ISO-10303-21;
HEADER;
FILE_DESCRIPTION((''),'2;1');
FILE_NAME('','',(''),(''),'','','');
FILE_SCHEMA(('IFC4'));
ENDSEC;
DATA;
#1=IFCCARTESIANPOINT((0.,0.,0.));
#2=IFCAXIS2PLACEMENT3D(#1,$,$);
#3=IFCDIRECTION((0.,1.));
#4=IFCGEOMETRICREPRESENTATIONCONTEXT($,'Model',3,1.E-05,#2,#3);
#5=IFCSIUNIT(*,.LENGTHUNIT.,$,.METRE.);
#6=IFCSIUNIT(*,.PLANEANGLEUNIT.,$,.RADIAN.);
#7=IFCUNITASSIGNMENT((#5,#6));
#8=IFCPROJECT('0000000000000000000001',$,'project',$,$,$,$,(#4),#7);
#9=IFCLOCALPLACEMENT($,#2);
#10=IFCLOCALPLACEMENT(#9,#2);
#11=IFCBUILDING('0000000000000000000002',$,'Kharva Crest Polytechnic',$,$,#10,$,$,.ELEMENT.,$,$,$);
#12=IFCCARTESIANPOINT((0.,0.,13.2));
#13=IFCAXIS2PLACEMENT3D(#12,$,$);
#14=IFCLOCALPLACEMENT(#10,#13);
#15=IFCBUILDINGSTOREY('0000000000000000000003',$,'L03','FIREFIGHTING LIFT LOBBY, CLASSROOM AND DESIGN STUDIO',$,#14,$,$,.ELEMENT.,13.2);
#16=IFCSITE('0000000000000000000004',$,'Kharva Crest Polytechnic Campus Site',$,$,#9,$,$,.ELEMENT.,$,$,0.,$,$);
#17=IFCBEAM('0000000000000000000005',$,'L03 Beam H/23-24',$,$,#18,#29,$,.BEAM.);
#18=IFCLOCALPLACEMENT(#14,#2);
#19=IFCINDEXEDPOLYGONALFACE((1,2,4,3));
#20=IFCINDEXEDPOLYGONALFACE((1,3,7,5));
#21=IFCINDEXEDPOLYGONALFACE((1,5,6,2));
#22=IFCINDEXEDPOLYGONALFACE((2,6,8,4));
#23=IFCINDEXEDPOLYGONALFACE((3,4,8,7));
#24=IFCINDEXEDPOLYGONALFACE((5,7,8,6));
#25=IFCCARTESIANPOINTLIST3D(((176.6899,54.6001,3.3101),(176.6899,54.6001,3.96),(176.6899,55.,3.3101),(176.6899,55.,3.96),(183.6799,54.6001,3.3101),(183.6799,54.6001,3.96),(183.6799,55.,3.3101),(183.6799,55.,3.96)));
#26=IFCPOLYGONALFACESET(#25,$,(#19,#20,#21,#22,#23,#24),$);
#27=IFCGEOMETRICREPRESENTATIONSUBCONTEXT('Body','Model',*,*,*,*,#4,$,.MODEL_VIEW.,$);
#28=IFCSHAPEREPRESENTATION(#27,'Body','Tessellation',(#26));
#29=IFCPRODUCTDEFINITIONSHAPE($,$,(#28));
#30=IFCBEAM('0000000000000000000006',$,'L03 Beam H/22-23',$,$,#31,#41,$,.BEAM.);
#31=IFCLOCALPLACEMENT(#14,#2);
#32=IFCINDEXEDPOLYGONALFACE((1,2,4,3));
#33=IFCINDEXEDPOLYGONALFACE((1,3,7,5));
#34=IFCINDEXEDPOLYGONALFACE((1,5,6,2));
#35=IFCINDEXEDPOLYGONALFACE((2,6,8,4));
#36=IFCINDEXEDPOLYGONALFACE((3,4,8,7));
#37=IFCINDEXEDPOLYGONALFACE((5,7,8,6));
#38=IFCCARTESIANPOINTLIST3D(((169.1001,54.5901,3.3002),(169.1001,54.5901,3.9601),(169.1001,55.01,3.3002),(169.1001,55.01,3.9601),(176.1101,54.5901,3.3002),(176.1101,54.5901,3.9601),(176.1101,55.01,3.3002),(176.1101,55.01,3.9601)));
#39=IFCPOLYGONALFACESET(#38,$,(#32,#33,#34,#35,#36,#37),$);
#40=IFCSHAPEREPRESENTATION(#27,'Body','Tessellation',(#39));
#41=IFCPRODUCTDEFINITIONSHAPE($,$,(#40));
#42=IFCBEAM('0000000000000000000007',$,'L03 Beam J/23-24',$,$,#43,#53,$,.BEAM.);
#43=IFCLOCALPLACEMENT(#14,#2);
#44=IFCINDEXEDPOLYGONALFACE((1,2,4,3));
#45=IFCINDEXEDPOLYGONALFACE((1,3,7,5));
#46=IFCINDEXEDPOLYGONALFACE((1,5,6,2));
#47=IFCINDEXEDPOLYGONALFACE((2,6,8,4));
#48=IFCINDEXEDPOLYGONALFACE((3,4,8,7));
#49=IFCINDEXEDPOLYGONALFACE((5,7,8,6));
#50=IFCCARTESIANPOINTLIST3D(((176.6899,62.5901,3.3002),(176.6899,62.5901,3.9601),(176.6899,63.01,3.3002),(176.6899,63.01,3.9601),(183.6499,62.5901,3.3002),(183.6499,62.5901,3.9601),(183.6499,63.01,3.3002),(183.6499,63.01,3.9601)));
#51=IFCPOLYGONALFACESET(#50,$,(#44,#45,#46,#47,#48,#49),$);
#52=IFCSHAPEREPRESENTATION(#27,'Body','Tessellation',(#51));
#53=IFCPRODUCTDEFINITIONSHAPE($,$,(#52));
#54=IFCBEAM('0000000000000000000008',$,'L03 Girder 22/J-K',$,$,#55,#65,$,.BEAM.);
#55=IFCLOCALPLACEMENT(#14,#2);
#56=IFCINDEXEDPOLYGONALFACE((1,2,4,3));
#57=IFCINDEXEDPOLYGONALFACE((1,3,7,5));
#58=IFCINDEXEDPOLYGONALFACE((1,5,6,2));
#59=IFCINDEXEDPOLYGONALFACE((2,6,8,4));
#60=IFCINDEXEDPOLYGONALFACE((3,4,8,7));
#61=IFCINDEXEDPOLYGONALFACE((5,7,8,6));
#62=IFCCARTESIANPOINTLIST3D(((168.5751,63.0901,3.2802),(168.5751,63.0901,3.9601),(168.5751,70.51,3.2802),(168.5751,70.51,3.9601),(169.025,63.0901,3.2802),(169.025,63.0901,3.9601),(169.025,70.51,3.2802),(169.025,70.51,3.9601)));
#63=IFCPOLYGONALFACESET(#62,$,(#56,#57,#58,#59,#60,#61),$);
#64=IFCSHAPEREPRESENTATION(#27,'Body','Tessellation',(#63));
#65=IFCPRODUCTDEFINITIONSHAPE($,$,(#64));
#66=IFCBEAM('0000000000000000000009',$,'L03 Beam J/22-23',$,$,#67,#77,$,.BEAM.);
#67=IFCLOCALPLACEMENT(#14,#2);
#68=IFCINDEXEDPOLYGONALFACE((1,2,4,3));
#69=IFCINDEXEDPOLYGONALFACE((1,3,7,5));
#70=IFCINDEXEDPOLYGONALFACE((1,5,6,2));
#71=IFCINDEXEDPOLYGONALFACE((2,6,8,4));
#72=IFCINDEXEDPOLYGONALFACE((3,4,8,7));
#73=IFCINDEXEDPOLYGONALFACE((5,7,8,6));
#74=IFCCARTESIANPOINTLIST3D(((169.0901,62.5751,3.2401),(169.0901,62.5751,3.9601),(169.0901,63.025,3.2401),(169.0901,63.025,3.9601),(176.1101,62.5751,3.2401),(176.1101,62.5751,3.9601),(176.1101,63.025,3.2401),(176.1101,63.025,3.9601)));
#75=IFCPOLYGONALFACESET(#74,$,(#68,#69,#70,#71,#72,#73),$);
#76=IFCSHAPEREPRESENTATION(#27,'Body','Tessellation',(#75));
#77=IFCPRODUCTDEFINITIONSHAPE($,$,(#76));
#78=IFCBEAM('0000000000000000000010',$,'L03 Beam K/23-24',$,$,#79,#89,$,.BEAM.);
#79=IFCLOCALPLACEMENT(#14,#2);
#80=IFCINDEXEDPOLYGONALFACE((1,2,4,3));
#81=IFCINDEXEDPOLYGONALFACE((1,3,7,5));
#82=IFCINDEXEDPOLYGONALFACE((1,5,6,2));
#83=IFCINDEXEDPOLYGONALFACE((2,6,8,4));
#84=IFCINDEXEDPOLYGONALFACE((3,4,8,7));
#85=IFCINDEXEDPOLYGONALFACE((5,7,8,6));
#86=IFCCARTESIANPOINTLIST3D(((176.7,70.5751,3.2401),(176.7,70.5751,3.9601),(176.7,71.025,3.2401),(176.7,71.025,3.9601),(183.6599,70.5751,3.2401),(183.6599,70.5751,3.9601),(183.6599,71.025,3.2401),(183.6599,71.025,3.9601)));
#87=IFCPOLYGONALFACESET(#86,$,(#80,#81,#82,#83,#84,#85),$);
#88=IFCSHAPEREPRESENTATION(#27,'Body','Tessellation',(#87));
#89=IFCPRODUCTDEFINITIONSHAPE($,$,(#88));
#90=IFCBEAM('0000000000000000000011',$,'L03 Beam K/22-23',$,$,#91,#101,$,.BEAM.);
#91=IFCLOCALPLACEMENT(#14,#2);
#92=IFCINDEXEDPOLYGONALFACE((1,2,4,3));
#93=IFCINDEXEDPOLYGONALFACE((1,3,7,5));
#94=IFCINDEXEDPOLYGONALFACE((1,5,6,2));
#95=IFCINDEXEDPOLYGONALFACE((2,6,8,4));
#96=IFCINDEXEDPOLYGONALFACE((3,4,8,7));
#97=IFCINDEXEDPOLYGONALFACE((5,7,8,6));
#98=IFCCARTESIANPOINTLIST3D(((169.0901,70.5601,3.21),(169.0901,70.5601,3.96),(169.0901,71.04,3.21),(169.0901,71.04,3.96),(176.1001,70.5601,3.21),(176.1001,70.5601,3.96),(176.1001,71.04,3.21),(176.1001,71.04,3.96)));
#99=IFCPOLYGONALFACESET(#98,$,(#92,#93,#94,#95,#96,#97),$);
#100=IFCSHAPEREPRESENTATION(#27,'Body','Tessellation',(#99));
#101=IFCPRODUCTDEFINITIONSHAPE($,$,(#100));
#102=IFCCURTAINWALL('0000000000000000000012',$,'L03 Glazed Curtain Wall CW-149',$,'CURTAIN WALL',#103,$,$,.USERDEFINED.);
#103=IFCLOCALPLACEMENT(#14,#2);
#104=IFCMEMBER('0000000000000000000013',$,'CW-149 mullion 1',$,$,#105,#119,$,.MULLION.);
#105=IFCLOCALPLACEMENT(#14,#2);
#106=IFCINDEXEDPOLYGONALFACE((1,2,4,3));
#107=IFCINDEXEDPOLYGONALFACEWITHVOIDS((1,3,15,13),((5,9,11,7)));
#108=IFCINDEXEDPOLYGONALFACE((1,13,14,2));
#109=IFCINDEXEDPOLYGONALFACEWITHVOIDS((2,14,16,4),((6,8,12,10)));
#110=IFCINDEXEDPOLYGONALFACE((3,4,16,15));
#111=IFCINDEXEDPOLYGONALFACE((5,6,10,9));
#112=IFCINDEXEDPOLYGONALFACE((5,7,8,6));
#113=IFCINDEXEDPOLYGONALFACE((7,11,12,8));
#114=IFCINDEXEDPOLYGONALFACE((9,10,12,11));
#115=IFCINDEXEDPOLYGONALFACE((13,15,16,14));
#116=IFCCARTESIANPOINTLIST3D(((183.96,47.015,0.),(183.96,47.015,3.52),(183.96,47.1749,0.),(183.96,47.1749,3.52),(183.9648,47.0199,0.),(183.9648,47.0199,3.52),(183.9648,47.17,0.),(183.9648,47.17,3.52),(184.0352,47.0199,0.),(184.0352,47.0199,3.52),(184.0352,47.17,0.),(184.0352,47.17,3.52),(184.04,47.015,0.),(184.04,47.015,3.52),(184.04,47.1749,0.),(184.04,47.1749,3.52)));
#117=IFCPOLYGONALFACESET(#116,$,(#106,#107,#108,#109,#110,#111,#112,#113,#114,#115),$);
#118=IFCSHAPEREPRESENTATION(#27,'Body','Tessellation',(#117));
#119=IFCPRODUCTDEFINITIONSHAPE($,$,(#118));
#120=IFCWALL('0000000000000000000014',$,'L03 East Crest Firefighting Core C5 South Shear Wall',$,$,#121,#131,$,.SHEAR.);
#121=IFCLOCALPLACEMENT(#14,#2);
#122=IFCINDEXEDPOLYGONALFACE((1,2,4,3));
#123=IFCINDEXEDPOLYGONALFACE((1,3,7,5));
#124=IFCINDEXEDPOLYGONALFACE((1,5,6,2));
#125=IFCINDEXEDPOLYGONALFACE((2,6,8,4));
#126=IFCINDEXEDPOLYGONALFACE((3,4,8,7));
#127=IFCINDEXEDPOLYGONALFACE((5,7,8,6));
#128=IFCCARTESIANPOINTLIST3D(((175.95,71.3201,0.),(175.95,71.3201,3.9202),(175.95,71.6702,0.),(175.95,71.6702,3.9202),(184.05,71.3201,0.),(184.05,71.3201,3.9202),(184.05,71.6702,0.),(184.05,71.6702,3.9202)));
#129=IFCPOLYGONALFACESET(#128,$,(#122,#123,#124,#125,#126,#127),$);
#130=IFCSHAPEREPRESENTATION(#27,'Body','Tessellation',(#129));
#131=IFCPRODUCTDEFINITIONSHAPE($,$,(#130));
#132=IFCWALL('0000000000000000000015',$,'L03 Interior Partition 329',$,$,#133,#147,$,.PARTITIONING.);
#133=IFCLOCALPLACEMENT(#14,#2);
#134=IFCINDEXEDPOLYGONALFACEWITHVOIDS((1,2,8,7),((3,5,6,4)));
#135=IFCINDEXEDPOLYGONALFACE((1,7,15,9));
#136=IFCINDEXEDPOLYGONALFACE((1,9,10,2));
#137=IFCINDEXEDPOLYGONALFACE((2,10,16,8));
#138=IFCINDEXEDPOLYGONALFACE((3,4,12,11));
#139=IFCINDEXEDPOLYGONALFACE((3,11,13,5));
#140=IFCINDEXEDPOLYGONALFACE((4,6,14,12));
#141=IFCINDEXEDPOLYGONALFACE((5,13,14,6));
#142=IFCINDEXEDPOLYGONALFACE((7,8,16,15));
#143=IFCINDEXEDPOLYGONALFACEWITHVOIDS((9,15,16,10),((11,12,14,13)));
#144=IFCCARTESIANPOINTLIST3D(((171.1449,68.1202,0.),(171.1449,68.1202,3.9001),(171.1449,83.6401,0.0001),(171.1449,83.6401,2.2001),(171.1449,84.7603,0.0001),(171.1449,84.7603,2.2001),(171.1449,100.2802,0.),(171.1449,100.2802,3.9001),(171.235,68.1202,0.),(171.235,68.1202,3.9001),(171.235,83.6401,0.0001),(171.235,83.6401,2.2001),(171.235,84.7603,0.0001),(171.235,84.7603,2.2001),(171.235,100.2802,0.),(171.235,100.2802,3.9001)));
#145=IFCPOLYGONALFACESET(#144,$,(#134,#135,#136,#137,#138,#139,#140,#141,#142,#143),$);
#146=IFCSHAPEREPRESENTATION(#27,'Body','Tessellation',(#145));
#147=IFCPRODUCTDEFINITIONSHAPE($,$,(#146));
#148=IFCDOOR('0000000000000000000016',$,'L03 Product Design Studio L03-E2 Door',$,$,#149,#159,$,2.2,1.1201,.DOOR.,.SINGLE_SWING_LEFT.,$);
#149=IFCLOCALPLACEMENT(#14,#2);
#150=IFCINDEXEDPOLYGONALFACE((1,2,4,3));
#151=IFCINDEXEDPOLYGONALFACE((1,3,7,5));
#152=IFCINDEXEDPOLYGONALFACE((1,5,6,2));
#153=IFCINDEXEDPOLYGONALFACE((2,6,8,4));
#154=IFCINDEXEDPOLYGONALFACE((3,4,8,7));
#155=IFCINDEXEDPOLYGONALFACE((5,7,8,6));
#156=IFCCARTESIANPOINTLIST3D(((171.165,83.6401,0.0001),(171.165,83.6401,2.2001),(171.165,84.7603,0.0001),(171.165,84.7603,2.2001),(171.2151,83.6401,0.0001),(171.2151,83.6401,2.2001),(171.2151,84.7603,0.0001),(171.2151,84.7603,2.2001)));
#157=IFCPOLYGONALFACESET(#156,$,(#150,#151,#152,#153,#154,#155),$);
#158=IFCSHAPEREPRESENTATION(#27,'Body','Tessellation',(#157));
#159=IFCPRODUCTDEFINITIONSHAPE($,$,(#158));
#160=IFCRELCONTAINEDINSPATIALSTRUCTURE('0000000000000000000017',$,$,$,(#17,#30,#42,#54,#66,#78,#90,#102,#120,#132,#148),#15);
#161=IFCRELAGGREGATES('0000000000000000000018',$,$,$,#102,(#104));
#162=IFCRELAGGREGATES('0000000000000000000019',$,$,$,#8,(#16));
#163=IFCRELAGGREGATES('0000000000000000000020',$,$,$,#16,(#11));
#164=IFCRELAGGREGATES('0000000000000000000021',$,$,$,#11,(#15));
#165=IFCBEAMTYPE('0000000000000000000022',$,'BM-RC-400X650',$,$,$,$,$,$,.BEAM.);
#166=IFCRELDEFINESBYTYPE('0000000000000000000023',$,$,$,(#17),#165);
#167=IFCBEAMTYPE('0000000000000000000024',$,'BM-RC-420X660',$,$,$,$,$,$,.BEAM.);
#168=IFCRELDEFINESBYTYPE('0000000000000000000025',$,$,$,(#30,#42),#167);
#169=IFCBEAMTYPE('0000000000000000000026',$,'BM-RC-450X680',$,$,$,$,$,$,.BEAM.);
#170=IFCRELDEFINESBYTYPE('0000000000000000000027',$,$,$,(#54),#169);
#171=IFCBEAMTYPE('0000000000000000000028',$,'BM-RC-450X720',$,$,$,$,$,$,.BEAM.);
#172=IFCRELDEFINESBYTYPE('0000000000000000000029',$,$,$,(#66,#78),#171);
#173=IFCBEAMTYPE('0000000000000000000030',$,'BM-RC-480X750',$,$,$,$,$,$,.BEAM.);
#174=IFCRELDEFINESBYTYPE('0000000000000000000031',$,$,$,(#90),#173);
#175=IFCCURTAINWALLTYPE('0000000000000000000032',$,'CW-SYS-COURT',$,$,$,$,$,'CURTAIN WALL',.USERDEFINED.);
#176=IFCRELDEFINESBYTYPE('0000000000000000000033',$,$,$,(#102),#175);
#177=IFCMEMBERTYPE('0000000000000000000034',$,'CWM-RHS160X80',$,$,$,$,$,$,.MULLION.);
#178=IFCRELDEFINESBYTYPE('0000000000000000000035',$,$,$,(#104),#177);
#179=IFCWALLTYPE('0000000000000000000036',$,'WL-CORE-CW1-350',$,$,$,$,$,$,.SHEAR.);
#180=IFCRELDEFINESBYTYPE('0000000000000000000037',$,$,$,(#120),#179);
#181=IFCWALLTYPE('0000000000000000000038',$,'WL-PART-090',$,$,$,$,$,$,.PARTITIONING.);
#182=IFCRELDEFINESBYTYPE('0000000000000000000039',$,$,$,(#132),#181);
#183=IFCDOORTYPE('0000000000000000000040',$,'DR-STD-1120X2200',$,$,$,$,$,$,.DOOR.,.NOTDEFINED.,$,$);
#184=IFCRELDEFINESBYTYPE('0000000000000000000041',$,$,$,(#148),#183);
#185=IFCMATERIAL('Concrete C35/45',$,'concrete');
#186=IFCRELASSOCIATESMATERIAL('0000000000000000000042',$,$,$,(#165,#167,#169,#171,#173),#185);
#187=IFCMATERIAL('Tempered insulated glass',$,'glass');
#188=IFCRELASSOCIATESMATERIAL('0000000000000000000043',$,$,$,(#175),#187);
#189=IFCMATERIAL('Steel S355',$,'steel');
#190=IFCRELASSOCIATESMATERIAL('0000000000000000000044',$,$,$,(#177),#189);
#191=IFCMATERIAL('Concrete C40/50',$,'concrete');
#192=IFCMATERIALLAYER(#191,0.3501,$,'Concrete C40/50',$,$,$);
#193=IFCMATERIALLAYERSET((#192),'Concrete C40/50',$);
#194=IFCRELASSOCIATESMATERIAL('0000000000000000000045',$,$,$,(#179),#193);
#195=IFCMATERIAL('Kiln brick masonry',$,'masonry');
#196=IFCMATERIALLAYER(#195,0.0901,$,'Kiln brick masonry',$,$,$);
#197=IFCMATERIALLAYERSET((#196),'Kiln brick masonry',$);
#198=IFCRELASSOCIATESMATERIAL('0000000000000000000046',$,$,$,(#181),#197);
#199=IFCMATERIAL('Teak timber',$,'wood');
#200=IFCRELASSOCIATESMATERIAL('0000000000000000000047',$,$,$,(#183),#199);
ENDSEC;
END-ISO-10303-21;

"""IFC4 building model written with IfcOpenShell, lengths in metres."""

from ifc_helpers import new_model, si_unit, direction, frame, frame_2d, origin, origin_2d, place, context, subcontext, project, spatial, rectangle, hollow_rectangle, extrude, material, layer, layer_set, material_profile, profile_set, type_object, element, fill, aggregate, save


model = new_model("IFC4")

# Units and contexts
model_context = context("Model", 3, precision=1e-05, world=origin(), true_north=direction((0.0, 1.0)))
body_context = subcontext(model_context, "Body", "Model", "MODEL_VIEW")
ifc_project = project(units=[si_unit("LENGTHUNIT", "METRE"), si_unit("PLANEANGLEUNIT", "RADIAN")], contexts=[model_context])

# Site, building, storey
site_placement = place(None, origin())
site = spatial("IfcSite", under=ifc_project, at=site_placement, Name="Kharva Crest Polytechnic Campus Site", CompositionType="ELEMENT", RefElevation=0.0)
building_placement = place(site_placement, origin())
building = spatial("IfcBuilding", under=site, at=building_placement, Name="Kharva Crest Polytechnic", CompositionType="ELEMENT")
storey_placement = place(building_placement, frame((0.0, 0.0, 13.2)))
storey = spatial("IfcBuildingStorey", under=building, at=storey_placement, Name="L03", Description="FIREFIGHTING LIFT LOBBY, CLASSROOM AND DESIGN STUDIO", CompositionType="ELEMENT", Elevation=13.2)

# Shared definitions
ifc_material_1 = material(Name="Concrete C40/50", Category="concrete")

# Beams
ifc_material_2 = material(Name="Concrete C35/45", Category="concrete")
ifc_material_profile_1 = material_profile(ifc_material_2, rectangle(XDim=0.3999, YDim=0.6499, at=origin_2d()), Name="RECT 400 X 650")
ifc_profile_set_1 = profile_set([ifc_material_profile_1], Name="Concrete C35/45")
beam_type_1 = type_object("IfcBeamType", Name="BM-RC-400X650", PredefinedType="BEAM", material=ifc_profile_set_1)
beam_1_placement = place(storey_placement, frame((176.6899, 54.8, 3.635), z_axis=(1.0, 0.0, 0.0), x_axis=(0.0, 1.0, 0.0)))
element("IfcBeam", 1, at=beam_1_placement, inside=storey, type_object=beam_type_1, Name="L03 Beam H/23-24", PredefinedType="BEAM", context=body_context, shape_type="SweptSolid", body=[
    extrude(rectangle(XDim=0.3999, YDim=0.6499, at=origin_2d()), origin(), (0.0, 0.0, 1.0), 6.99),
])
ifc_material_profile_2 = material_profile(ifc_material_2, rectangle(XDim=0.4199, YDim=0.6599, at=origin_2d()), Name="RECT 420 X 660")
ifc_profile_set_2 = profile_set([ifc_material_profile_2], Name="Concrete C35/45")
beam_type_2 = type_object("IfcBeamType", Name="BM-RC-420X660", PredefinedType="BEAM", material=ifc_profile_set_2)
beam_2_placement = place(storey_placement, frame((169.1001, 54.8, 3.6301), z_axis=(1.0, 0.0, 0.0), x_axis=(0.0, 1.0, 0.0)))
element("IfcBeam", 2, at=beam_2_placement, inside=storey, type_object=beam_type_2, Name="L03 Beam H/22-23", PredefinedType="BEAM", context=body_context, shape_type="SweptSolid", body=[
    extrude(rectangle(XDim=0.4199, YDim=0.6599, at=origin_2d()), origin(), (0.0, 0.0, 1.0), 7.01),
])
beam_3_placement = place(storey_placement, frame((176.6899, 62.8, 3.6301), z_axis=(1.0, 0.0, 0.0), x_axis=(0.0, 1.0, 0.0)))
element("IfcBeam", 3, at=beam_3_placement, inside=storey, type_object=beam_type_2, Name="L03 Beam J/23-24", PredefinedType="BEAM", context=body_context, shape_type="SweptSolid", body=[
    extrude(rectangle(XDim=0.4199, YDim=0.6599, at=origin_2d()), origin(), (0.0, 0.0, 1.0), 6.96),
])
ifc_material_profile_3 = material_profile(ifc_material_2, rectangle(XDim=0.45, YDim=0.6799, at=origin_2d()), Name="RECT 450 X 680")
ifc_profile_set_3 = profile_set([ifc_material_profile_3], Name="Concrete C35/45")
beam_type_3 = type_object("IfcBeamType", Name="BM-RC-450X680", PredefinedType="BEAM", material=ifc_profile_set_3)
beam_4_placement = place(storey_placement, frame((168.8, 63.0901, 3.6201), z_axis=(0.0, 1.0, 0.0), x_axis=(-1.0, 0.0, 0.0)))
element("IfcBeam", 4, at=beam_4_placement, inside=storey, type_object=beam_type_3, Name="L03 Girder 22/J-K", PredefinedType="BEAM", context=body_context, shape_type="SweptSolid", body=[
    extrude(rectangle(XDim=0.45, YDim=0.6799, at=origin_2d()), origin(), (0.0, 0.0, 1.0), 7.4199),
])
ifc_material_profile_4 = material_profile(ifc_material_2, rectangle(XDim=0.45, YDim=0.72, at=origin_2d()), Name="RECT 450 X 720")
ifc_profile_set_4 = profile_set([ifc_material_profile_4], Name="Concrete C35/45")
beam_type_4 = type_object("IfcBeamType", Name="BM-RC-450X720", PredefinedType="BEAM", material=ifc_profile_set_4)
beam_5_placement = place(storey_placement, frame((169.0901, 62.8, 3.6001), z_axis=(1.0, 0.0, 0.0), x_axis=(0.0, 1.0, 0.0)))
element("IfcBeam", 5, at=beam_5_placement, inside=storey, type_object=beam_type_4, Name="L03 Beam J/22-23", PredefinedType="BEAM", context=body_context, shape_type="SweptSolid", body=[
    extrude(rectangle(XDim=0.45, YDim=0.72, at=origin_2d()), origin(), (0.0, 0.0, 1.0), 7.02),
])
beam_6_placement = place(storey_placement, frame((176.7, 70.8, 3.6001), z_axis=(1.0, 0.0, 0.0), x_axis=(0.0, 1.0, 0.0)))
element("IfcBeam", 6, at=beam_6_placement, inside=storey, type_object=beam_type_4, Name="L03 Beam K/23-24", PredefinedType="BEAM", context=body_context, shape_type="SweptSolid", body=[
    extrude(rectangle(XDim=0.45, YDim=0.72, at=origin_2d()), origin(), (0.0, 0.0, 1.0), 6.96),
])
ifc_material_profile_5 = material_profile(ifc_material_2, rectangle(XDim=0.48, YDim=0.75, at=origin_2d()), Name="RECT 480 X 750")
ifc_profile_set_5 = profile_set([ifc_material_profile_5], Name="Concrete C35/45")
beam_type_5 = type_object("IfcBeamType", Name="BM-RC-480X750", PredefinedType="BEAM", material=ifc_profile_set_5)
beam_7_placement = place(storey_placement, frame((169.0901, 70.8, 3.585), z_axis=(1.0, 0.0, 0.0), x_axis=(0.0, 1.0, 0.0)))
element("IfcBeam", 7, at=beam_7_placement, inside=storey, type_object=beam_type_5, Name="L03 Beam K/22-23", PredefinedType="BEAM", context=body_context, shape_type="SweptSolid", body=[
    extrude(rectangle(XDim=0.48, YDim=0.75, at=origin_2d()), origin(), (0.0, 0.0, 1.0), 7.01),
])

# Curtain wall, member
ifc_material_3 = material(Name="Tempered insulated glass", Category="glass")
curtain_wall_type = type_object("IfcCurtainWallType", Name="CW-SYS-COURT", ElementType="CURTAIN WALL", PredefinedType="USERDEFINED", material=ifc_material_3)
curtain_wall_placement = place(storey_placement, origin())
curtain_wall = element("IfcCurtainWall", 8, at=curtain_wall_placement, inside=storey, type_object=curtain_wall_type, Name="L03 Glazed Curtain Wall CW-149", ObjectType="CURTAIN WALL", PredefinedType="USERDEFINED")
ifc_material_4 = material(Name="Steel S355", Category="steel")
ifc_material_profile_6 = material_profile(ifc_material_4, hollow_rectangle(XDim=0.0801, YDim=0.1599, WallThickness=0.0049, at=origin_2d()), Name="RHS 160X80X5.0")
ifc_profile_set_6 = profile_set([ifc_material_profile_6], Name="Steel S355")
member_type = type_object("IfcMemberType", Name="CWM-RHS160X80", PredefinedType="MULLION", material=ifc_profile_set_6)
member_placement = place(storey_placement, frame((184.0, 47.095, 0.0), z_axis=(0.0, 0.0, 1.0), x_axis=(-1.0, 0.0, 0.0)))
member = element("IfcMember", 9, at=member_placement, type_object=member_type, Name="CW-149 mullion 1", PredefinedType="MULLION", context=body_context, shape_type="SweptSolid", body=[
    extrude(hollow_rectangle(XDim=0.0801, YDim=0.1599, WallThickness=0.0049, at=origin_2d()), origin(), (0.0, 0.0, 1.0), 3.52),
])
aggregate(curtain_wall, [member])

# Wall
ifc_layer_1 = layer(ifc_material_1, 0.3501, Name="Concrete C40/50")
ifc_layer_set_1 = layer_set([ifc_layer_1], Name="Concrete C40/50")
wall_type_1 = type_object("IfcWallType", Name="WL-CORE-CW1-350", PredefinedType="SHEAR", material=ifc_layer_set_1)
wall_1_placement = place(storey_placement, frame((175.95, 71.4951, 0.0), z_axis=(0.0, 0.0, 1.0), x_axis=(1.0, 0.0, 0.0)))
element("IfcWall", 10, at=wall_1_placement, inside=storey, type_object=wall_type_1, Name="L03 East Crest Firefighting Core C5 South Shear Wall", PredefinedType="SHEAR", context=body_context, shape_type="SweptSolid", body=[
    extrude(rectangle(XDim=8.1001, YDim=0.3501, at=frame_2d((4.05, 0.0))), origin(), (0.0, 0.0, 1.0), 3.9202),
])

# Wall, opening, door
ifc_material_5 = material(Name="Kiln brick masonry", Category="masonry")
ifc_layer_2 = layer(ifc_material_5, 0.0901, Name="Kiln brick masonry")
ifc_layer_set_2 = layer_set([ifc_layer_2], Name="Kiln brick masonry")
wall_type_2 = type_object("IfcWallType", Name="WL-PART-090", PredefinedType="PARTITIONING", material=ifc_layer_set_2)
wall_2_placement = place(storey_placement, frame((171.1899, 68.1201, 0.0), z_axis=(0.0, 0.0, 1.0), x_axis=(0.0, 1.0, 0.0)))
wall_2 = element("IfcWall", 11, at=wall_2_placement, inside=storey, type_object=wall_type_2, Name="L03 Interior Partition 329", PredefinedType="PARTITIONING", context=body_context, shape_type="SweptSolid", body=[
    extrude(rectangle(XDim=32.1599, YDim=0.0901, at=frame_2d((16.0801, 0.0))), origin(), (0.0, 0.0, 1.0), 3.9001),
])
opening_1_placement = place(wall_2_placement, frame((15.52, 0.0, 0.0)))
opening_1 = element("IfcOpeningElement", 12, at=opening_1_placement, cuts=wall_2, PredefinedType="OPENING", context=body_context, shape_type="SweptSolid", body=[
    extrude(rectangle(XDim=1.1201, YDim=2.2, at=frame_2d((0.5601, 1.1001))), frame((0.0, 0.0549, 0.0), z_axis=(0.0, -1.0, 0.0), x_axis=(1.0, 0.0, 0.0)), (0.0, 0.0, 1.0), 0.1101),
])
ifc_material_6 = material(Name="Teak timber", Category="wood")
door_type_1 = type_object("IfcDoorType", Name="DR-STD-1120X2200", OperationType="NOTDEFINED", PredefinedType="DOOR", material=ifc_material_6)
door_1_placement = place(opening_1_placement, origin())
door_1 = element("IfcDoor", 13, at=door_1_placement, inside=storey, type_object=door_type_1, Name="L03 Product Design Studio L03-E2 Door", OperationType="SINGLE_SWING_LEFT", OverallHeight=2.2, OverallWidth=1.1201, PredefinedType="DOOR", context=body_context, shape_type="SweptSolid", body=[
    extrude(rectangle(XDim=1.1201, YDim=2.2, at=frame_2d((0.5601, 1.1001))), frame((0.0, 0.0249, 0.0), z_axis=(0.0, -1.0, 0.0), x_axis=(1.0, 0.0, 0.0)), (0.0, 0.0, 1.0), 0.05),
])
fill(opening_1, door_1)

save(model, "model.ifc")
